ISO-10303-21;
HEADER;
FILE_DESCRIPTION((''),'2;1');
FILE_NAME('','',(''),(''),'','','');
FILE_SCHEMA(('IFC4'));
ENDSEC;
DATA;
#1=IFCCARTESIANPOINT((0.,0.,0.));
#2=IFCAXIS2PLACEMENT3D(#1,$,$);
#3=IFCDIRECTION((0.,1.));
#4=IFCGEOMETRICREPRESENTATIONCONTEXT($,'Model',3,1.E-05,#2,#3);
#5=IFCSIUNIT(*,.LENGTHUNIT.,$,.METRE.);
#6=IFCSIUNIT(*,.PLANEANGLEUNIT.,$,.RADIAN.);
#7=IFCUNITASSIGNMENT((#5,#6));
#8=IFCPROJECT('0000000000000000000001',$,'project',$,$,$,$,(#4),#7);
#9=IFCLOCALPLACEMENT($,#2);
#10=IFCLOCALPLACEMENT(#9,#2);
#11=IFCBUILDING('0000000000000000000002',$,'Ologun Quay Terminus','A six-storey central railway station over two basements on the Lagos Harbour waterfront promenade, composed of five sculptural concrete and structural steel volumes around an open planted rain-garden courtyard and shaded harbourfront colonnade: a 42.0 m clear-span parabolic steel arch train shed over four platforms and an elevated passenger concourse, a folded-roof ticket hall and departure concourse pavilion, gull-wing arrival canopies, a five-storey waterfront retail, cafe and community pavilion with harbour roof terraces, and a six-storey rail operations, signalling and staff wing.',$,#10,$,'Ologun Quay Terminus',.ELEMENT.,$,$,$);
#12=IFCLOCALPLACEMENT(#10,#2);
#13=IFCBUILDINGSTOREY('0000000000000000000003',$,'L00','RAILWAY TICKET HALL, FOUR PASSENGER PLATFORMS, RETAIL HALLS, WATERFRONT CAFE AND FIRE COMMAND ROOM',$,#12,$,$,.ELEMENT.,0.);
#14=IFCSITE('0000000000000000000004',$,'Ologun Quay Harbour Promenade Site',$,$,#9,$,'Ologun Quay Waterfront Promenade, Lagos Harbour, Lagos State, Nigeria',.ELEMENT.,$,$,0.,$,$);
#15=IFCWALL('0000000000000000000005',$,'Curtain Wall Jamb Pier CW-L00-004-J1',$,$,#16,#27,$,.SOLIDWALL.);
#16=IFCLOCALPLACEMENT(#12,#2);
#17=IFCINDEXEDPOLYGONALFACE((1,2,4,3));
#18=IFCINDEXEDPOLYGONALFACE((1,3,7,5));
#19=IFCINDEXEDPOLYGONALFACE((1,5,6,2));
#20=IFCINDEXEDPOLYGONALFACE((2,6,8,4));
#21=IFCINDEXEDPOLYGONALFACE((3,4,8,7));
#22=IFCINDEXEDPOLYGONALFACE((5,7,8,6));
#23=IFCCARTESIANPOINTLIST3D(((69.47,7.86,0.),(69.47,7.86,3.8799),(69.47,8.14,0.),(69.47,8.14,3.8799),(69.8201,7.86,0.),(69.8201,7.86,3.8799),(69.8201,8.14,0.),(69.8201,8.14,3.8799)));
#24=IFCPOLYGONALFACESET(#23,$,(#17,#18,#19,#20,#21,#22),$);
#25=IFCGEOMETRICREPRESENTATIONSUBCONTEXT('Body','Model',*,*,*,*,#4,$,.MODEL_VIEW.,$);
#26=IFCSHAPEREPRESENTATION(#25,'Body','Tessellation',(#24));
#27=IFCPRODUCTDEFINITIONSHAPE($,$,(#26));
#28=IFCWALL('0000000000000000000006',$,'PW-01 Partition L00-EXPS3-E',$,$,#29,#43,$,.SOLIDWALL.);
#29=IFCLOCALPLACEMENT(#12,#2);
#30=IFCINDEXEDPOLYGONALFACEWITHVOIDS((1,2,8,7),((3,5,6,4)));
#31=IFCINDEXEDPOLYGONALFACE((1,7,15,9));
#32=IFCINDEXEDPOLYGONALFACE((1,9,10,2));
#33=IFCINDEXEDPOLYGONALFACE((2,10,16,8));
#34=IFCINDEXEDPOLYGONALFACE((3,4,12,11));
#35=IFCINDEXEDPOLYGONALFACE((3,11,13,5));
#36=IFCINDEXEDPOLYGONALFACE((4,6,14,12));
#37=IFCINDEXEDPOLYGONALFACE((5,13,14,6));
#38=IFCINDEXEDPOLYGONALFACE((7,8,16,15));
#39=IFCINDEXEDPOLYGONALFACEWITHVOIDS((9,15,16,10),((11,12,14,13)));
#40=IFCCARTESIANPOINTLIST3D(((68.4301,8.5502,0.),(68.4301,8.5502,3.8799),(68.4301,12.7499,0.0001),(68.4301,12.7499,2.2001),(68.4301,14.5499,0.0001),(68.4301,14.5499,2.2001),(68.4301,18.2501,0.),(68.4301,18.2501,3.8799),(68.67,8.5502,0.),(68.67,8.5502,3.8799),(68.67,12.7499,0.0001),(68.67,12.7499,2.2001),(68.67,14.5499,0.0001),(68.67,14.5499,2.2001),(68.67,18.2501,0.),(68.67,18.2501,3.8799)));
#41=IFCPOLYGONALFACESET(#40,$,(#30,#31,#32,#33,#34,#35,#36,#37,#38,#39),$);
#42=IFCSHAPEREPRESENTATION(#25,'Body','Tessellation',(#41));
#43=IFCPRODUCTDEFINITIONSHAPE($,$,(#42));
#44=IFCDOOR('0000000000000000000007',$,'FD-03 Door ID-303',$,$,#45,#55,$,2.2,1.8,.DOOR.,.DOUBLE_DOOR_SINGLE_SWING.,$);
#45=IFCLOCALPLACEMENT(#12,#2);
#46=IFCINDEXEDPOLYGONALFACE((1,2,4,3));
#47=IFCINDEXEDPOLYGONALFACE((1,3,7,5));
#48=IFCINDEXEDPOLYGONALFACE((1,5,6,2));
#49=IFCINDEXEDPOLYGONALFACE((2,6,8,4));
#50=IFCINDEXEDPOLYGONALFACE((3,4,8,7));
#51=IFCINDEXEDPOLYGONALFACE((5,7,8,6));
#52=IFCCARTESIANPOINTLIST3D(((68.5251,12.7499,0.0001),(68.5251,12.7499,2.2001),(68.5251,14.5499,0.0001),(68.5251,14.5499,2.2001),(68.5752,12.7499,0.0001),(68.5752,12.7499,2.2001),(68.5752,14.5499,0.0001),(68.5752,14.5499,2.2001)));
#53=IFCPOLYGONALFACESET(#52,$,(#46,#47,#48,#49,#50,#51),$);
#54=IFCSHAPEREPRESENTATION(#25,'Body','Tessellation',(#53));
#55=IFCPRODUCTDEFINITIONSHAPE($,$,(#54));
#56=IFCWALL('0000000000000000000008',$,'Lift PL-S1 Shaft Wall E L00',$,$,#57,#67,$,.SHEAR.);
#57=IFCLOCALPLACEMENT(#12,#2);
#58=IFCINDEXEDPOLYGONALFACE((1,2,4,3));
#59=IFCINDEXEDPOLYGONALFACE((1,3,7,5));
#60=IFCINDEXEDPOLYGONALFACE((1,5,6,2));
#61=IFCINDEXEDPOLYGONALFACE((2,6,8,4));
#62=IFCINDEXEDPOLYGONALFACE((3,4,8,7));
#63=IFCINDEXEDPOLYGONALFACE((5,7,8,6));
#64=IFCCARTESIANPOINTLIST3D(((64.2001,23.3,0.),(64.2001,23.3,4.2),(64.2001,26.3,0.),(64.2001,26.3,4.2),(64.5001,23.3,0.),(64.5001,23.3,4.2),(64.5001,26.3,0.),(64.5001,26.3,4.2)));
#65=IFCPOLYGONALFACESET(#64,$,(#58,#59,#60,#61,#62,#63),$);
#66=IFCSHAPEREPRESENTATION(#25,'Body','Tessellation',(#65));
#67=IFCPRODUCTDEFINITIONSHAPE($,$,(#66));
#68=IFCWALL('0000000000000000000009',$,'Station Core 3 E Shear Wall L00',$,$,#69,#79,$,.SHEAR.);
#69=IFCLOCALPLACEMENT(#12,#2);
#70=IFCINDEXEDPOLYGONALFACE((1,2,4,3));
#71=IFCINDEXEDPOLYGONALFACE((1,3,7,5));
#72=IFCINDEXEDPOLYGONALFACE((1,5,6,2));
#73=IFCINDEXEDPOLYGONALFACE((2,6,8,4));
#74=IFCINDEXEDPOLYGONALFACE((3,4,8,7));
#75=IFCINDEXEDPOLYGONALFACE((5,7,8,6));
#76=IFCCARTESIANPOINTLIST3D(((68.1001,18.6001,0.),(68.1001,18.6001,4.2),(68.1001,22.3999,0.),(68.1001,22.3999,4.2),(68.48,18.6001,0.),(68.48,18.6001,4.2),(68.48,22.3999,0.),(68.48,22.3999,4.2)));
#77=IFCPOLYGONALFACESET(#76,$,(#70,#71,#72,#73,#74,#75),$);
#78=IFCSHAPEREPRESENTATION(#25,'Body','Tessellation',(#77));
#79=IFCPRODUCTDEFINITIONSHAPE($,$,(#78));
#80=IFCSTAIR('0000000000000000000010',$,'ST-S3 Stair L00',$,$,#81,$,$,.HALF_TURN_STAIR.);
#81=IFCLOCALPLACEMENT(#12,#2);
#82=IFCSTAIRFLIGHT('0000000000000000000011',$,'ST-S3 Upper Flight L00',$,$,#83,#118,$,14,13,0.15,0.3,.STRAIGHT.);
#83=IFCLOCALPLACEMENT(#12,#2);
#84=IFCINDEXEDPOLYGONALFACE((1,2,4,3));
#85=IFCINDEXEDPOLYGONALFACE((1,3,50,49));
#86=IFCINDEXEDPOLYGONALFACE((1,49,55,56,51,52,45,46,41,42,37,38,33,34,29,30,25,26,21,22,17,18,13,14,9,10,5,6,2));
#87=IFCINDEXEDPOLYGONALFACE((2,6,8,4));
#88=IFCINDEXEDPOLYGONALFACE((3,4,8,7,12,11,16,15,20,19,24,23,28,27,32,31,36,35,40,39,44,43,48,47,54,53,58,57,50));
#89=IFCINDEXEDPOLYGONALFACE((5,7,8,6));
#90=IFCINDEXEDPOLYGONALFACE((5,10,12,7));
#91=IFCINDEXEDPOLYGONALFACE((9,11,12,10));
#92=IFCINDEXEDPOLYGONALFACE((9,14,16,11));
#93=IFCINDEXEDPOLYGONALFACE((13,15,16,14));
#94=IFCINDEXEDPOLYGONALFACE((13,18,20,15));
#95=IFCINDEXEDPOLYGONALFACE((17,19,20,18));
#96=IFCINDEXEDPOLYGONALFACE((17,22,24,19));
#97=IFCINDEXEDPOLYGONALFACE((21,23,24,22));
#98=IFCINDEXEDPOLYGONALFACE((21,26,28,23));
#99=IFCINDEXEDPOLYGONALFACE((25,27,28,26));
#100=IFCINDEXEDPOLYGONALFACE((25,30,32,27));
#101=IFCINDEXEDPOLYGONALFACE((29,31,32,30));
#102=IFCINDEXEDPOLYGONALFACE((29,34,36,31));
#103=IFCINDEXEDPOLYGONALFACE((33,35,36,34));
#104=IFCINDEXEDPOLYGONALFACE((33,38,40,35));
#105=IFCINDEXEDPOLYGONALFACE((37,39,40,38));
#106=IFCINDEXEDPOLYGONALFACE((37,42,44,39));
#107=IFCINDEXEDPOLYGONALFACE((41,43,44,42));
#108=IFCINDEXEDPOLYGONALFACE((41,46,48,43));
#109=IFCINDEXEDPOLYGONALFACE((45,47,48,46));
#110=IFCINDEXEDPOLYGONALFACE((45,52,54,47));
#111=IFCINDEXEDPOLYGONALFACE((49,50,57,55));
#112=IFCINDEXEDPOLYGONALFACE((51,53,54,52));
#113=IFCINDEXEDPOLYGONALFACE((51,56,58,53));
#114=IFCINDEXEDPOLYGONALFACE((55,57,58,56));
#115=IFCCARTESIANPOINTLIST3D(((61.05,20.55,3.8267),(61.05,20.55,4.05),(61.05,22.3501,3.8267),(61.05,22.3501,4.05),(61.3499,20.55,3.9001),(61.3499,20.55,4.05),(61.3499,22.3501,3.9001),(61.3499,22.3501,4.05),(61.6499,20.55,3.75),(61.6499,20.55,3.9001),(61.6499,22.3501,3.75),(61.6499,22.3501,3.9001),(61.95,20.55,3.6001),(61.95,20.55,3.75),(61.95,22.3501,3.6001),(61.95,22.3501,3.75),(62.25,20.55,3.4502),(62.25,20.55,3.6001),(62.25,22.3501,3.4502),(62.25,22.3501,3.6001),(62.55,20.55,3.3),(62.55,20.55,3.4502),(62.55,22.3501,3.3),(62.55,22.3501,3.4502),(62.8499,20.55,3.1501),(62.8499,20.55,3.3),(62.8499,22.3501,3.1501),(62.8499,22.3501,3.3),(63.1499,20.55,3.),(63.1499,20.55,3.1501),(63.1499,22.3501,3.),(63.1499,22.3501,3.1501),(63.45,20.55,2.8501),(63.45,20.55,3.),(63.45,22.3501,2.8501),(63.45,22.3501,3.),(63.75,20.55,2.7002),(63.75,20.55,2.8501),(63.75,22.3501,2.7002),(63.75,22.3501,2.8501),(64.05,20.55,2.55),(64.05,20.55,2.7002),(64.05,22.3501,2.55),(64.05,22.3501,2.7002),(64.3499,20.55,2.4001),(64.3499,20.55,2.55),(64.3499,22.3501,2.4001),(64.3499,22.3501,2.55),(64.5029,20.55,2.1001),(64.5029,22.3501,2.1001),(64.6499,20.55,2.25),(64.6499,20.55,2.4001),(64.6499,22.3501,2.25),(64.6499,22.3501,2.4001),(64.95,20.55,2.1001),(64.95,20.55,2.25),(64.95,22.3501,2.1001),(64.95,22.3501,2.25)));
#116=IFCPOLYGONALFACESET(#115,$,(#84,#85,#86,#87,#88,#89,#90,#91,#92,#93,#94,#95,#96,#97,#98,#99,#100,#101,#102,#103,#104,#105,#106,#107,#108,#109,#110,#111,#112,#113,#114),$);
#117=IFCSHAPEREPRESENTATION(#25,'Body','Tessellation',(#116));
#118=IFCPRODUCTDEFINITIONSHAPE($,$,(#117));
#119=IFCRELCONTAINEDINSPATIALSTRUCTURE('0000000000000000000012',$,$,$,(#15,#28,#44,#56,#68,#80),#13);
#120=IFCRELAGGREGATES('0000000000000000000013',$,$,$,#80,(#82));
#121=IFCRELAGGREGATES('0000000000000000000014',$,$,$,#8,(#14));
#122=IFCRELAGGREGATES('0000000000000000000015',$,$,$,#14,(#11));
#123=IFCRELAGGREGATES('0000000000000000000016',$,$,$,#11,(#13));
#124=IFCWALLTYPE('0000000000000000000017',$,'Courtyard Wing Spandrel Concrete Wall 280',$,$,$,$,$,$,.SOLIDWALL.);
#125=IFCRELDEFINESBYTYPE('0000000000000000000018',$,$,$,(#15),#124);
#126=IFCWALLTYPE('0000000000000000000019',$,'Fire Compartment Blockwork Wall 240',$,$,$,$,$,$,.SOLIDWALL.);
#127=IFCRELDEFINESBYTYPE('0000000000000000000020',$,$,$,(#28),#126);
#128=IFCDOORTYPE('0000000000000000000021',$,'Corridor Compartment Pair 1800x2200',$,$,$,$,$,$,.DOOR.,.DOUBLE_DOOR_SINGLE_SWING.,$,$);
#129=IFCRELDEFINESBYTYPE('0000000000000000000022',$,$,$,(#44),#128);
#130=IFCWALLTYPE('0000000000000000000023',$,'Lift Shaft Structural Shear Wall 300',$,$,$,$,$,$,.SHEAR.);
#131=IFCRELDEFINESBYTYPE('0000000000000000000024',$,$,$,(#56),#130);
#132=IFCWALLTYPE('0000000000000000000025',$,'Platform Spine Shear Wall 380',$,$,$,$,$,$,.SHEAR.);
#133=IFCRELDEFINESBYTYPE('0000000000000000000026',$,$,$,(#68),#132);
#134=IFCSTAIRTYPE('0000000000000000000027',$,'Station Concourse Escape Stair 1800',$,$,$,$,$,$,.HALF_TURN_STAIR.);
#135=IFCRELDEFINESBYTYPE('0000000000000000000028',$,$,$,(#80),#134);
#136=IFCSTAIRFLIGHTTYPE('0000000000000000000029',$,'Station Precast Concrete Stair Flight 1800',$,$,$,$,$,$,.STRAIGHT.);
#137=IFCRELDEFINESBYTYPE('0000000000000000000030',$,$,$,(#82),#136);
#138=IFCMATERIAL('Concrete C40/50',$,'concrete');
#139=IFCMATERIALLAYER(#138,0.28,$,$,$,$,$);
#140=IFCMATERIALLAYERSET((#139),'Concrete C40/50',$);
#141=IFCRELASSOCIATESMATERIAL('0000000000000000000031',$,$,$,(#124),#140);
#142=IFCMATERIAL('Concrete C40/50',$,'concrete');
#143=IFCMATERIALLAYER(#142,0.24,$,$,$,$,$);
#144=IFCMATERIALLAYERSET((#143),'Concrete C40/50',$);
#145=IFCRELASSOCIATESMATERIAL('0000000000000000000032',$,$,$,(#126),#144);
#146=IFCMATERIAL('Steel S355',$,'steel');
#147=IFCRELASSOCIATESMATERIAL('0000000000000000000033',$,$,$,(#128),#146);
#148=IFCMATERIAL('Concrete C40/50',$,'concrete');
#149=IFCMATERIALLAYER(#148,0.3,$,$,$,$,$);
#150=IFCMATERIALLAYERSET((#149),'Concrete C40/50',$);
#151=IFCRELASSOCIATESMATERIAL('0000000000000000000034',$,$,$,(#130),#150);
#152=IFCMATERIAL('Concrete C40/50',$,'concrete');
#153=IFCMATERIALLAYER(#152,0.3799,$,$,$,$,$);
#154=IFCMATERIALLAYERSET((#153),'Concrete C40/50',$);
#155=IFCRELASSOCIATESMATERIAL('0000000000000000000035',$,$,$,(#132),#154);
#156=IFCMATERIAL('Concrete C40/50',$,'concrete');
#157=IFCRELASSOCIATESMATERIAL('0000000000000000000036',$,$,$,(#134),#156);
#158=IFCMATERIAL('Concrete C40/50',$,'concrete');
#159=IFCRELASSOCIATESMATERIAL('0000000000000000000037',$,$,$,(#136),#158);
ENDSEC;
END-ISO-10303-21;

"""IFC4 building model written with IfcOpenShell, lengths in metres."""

from ifc_helpers import new_model, si_unit, direction, frame, frame_2d, origin, place, context, subcontext, project, spatial, polyline, rectangle, outline, extrude, material, layer, layer_set, type_object, element, fill, aggregate, save


model = new_model("IFC4")

# Units and contexts
model_context = context("Model", 3, precision=1e-05, world=origin(), true_north=direction((0.0, 1.0)))
body_context = subcontext(model_context, "Body", "Model", "MODEL_VIEW")
ifc_project = project(units=[si_unit("LENGTHUNIT", "METRE"), si_unit("PLANEANGLEUNIT", "RADIAN")], contexts=[model_context])

# Site, building, storey
site_placement = place(None, origin())
site = spatial("IfcSite", under=ifc_project, at=site_placement, Name="Ologun Quay Harbour Promenade Site", LongName="Ologun Quay Waterfront Promenade, Lagos Harbour, Lagos State, Nigeria", CompositionType="ELEMENT", RefElevation=0.0)
building_placement = place(site_placement, origin())
building = spatial("IfcBuilding", under=site, at=building_placement, Name="Ologun Quay Terminus", Description="A six-storey central railway station over two basements on the Lagos Harbour waterfront promenade, composed of five sculptural concrete and structural steel volumes around an open planted rain-garden courtyard and shaded harbourfront colonnade: a 42.0 m clear-span parabolic steel arch train shed over four platforms and an elevated passenger concourse, a folded-roof ticket hall and departure concourse pavilion, gull-wing arrival canopies, a five-storey waterfront retail, cafe and community pavilion with harbour roof terraces, and a six-storey rail operations, signalling and staff wing.", LongName="Ologun Quay Terminus", CompositionType="ELEMENT")
storey_placement = place(building_placement, origin())
storey = spatial("IfcBuildingStorey", under=building, at=storey_placement, Name="L00", Description="RAILWAY TICKET HALL, FOUR PASSENGER PLATFORMS, RETAIL HALLS, WATERFRONT CAFE AND FIRE COMMAND ROOM", CompositionType="ELEMENT", Elevation=0.0)

# Wall
ifc_material_1 = material(Name="Concrete C40/50", Category="concrete")
ifc_layer_1 = layer(ifc_material_1, 0.28)
ifc_layer_set_1 = layer_set([ifc_layer_1], Name="Concrete C40/50")
wall_type_1 = type_object("IfcWallType", Name="Courtyard Wing Spandrel Concrete Wall 280", PredefinedType="SOLIDWALL", material=ifc_layer_set_1)
wall_1_placement = place(storey_placement, frame((69.47, 8.0, 0.0), z_axis=(0.0, 0.0, 1.0), x_axis=(1.0, 0.0, 0.0)))
element("IfcWall", 1, at=wall_1_placement, inside=storey, type_object=wall_type_1, Name="Curtain Wall Jamb Pier CW-L00-004-J1", PredefinedType="SOLIDWALL", context=body_context, shape_type="SweptSolid", body=[
    extrude(rectangle(XDim=0.3501, YDim=0.28, at=frame_2d((0.175, 0.0))), origin(), (0.0, 0.0, 1.0), 3.8799),
])

# Wall, opening, door
ifc_material_2 = material(Name="Concrete C40/50", Category="concrete")
ifc_layer_2 = layer(ifc_material_2, 0.24)
ifc_layer_set_2 = layer_set([ifc_layer_2], Name="Concrete C40/50")
wall_type_2 = type_object("IfcWallType", Name="Fire Compartment Blockwork Wall 240", PredefinedType="SOLIDWALL", material=ifc_layer_set_2)
wall_2_placement = place(storey_placement, frame((68.55, 8.55, 0.0), z_axis=(0.0, 0.0, 1.0), x_axis=(0.0, 1.0, 0.0)))
wall_2 = element("IfcWall", 2, at=wall_2_placement, inside=storey, type_object=wall_type_2, Name="PW-01 Partition L00-EXPS3-E", PredefinedType="SOLIDWALL", context=body_context, shape_type="SweptSolid", body=[
    extrude(rectangle(XDim=9.7, YDim=0.24, at=frame_2d((4.8501, 0.0))), origin(), (0.0, 0.0, 1.0), 3.8799),
])
opening_placement = place(wall_2_placement, frame((4.2, 0.0, 0.0)))
opening = element("IfcOpeningElement", 3, at=opening_placement, cuts=wall_2, PredefinedType="OPENING", context=body_context, shape_type="SweptSolid", body=[
    extrude(rectangle(XDim=1.8, YDim=2.2, at=frame_2d((0.8999, 1.1001))), frame((0.0, 0.1299, 0.0), z_axis=(0.0, -1.0, 0.0), x_axis=(1.0, 0.0, 0.0)), (0.0, 0.0, 1.0), 0.26),
])
ifc_material_3 = material(Name="Steel S355", Category="steel")
door_type = type_object("IfcDoorType", Name="Corridor Compartment Pair 1800x2200", OperationType="DOUBLE_DOOR_SINGLE_SWING", PredefinedType="DOOR", material=ifc_material_3)
door_placement = place(opening_placement, origin())
door = element("IfcDoor", 4, at=door_placement, inside=storey, type_object=door_type, Name="FD-03 Door ID-303", OperationType="DOUBLE_DOOR_SINGLE_SWING", OverallHeight=2.2, OverallWidth=1.8, PredefinedType="DOOR", context=body_context, shape_type="SweptSolid", body=[
    extrude(rectangle(XDim=1.8, YDim=2.2, at=frame_2d((0.8999, 1.1001))), frame((0.0, 0.0249, 0.0), z_axis=(0.0, -1.0, 0.0), x_axis=(1.0, 0.0, 0.0)), (0.0, 0.0, 1.0), 0.05),
])
fill(opening, door)

# Walls
ifc_material_4 = material(Name="Concrete C40/50", Category="concrete")
ifc_layer_3 = layer(ifc_material_4, 0.3)
ifc_layer_set_3 = layer_set([ifc_layer_3], Name="Concrete C40/50")
wall_type_3 = type_object("IfcWallType", Name="Lift Shaft Structural Shear Wall 300", PredefinedType="SHEAR", material=ifc_layer_set_3)
wall_3_placement = place(storey_placement, frame((64.3501, 23.3, 0.0), z_axis=(0.0, 0.0, 1.0), x_axis=(0.0, 1.0, 0.0)))
element("IfcWall", 5, at=wall_3_placement, inside=storey, type_object=wall_type_3, Name="Lift PL-S1 Shaft Wall E L00", PredefinedType="SHEAR", context=body_context, shape_type="SweptSolid", body=[
    extrude(rectangle(XDim=3.0, YDim=0.3, at=frame_2d((1.5, 0.0))), origin(), (0.0, 0.0, 1.0), 4.2),
])
ifc_material_5 = material(Name="Concrete C40/50", Category="concrete")
ifc_layer_4 = layer(ifc_material_5, 0.3799)
ifc_layer_set_4 = layer_set([ifc_layer_4], Name="Concrete C40/50")
wall_type_4 = type_object("IfcWallType", Name="Platform Spine Shear Wall 380", PredefinedType="SHEAR", material=ifc_layer_set_4)
wall_4_placement = place(storey_placement, frame((68.29, 18.6001, 0.0), z_axis=(0.0, 0.0, 1.0), x_axis=(0.0, 1.0, 0.0)))
element("IfcWall", 6, at=wall_4_placement, inside=storey, type_object=wall_type_4, Name="Station Core 3 E Shear Wall L00", PredefinedType="SHEAR", context=body_context, shape_type="SweptSolid", body=[
    extrude(rectangle(XDim=3.7998, YDim=0.3799, at=frame_2d((1.8999, 0.0))), origin(), (0.0, 0.0, 1.0), 4.2),
])

# Stair, stair flight
ifc_material_6 = material(Name="Concrete C40/50", Category="concrete")
stair_type = type_object("IfcStairType", Name="Station Concourse Escape Stair 1800", PredefinedType="HALF_TURN_STAIR", material=ifc_material_6)
stair_placement = place(storey_placement, origin())
stair = element("IfcStair", 7, at=stair_placement, inside=storey, type_object=stair_type, Name="ST-S3 Stair L00", PredefinedType="HALF_TURN_STAIR")
ifc_material_7 = material(Name="Concrete C40/50", Category="concrete")
stair_flight_type = type_object("IfcStairFlightType", Name="Station Precast Concrete Stair Flight 1800", PredefinedType="STRAIGHT", material=ifc_material_7)
stair_flight_placement = place(storey_placement, frame((64.95, 21.45, 2.1001), z_axis=(0.0, 0.0, 1.0), x_axis=(-1.0, 0.0, 0.0)))
stair_flight = element("IfcStairFlight", 8, at=stair_flight_placement, type_object=stair_flight_type, Name="ST-S3 Upper Flight L00", NumberOfRisers=14, NumberOfTreads=13, PredefinedType="STRAIGHT", RiserHeight=0.15, TreadLength=0.3, context=body_context, shape_type="SweptSolid", body=[
    extrude(outline(polyline([(0.0, 0.0), (0.0, 0.1499), (0.3, 0.1499), (0.3, 0.3), (0.6001, 0.3), (0.6001, 0.45), (0.8999, 0.45), (0.8999, 0.6001), (1.2, 0.6001), (1.2, 0.75), (1.5, 0.75), (1.5, 0.8999), (1.8, 0.8999), (1.8, 1.05), (2.1001, 1.05), (2.1001, 1.2), (2.3999, 1.2), (2.3999, 1.3501), (2.7, 1.3501), (2.7, 1.5), (3.0, 1.5), (3.0, 1.6499), (3.3, 1.6499), (3.3, 1.8), (3.6001, 1.8), (3.6001, 1.95), (3.8999, 1.95), (3.8999, 2.1001), (3.8999, 1.7266), (0.447, 0.0), (0.0, 0.0)])), frame((0.0, 0.8999, 0.0), z_axis=(0.0, -1.0, 0.0), x_axis=(1.0, 0.0, 0.0)), (0.0, 0.0, 1.0), 1.8),
])
aggregate(stair, [stair_flight])

save(model, "model.ifc")
